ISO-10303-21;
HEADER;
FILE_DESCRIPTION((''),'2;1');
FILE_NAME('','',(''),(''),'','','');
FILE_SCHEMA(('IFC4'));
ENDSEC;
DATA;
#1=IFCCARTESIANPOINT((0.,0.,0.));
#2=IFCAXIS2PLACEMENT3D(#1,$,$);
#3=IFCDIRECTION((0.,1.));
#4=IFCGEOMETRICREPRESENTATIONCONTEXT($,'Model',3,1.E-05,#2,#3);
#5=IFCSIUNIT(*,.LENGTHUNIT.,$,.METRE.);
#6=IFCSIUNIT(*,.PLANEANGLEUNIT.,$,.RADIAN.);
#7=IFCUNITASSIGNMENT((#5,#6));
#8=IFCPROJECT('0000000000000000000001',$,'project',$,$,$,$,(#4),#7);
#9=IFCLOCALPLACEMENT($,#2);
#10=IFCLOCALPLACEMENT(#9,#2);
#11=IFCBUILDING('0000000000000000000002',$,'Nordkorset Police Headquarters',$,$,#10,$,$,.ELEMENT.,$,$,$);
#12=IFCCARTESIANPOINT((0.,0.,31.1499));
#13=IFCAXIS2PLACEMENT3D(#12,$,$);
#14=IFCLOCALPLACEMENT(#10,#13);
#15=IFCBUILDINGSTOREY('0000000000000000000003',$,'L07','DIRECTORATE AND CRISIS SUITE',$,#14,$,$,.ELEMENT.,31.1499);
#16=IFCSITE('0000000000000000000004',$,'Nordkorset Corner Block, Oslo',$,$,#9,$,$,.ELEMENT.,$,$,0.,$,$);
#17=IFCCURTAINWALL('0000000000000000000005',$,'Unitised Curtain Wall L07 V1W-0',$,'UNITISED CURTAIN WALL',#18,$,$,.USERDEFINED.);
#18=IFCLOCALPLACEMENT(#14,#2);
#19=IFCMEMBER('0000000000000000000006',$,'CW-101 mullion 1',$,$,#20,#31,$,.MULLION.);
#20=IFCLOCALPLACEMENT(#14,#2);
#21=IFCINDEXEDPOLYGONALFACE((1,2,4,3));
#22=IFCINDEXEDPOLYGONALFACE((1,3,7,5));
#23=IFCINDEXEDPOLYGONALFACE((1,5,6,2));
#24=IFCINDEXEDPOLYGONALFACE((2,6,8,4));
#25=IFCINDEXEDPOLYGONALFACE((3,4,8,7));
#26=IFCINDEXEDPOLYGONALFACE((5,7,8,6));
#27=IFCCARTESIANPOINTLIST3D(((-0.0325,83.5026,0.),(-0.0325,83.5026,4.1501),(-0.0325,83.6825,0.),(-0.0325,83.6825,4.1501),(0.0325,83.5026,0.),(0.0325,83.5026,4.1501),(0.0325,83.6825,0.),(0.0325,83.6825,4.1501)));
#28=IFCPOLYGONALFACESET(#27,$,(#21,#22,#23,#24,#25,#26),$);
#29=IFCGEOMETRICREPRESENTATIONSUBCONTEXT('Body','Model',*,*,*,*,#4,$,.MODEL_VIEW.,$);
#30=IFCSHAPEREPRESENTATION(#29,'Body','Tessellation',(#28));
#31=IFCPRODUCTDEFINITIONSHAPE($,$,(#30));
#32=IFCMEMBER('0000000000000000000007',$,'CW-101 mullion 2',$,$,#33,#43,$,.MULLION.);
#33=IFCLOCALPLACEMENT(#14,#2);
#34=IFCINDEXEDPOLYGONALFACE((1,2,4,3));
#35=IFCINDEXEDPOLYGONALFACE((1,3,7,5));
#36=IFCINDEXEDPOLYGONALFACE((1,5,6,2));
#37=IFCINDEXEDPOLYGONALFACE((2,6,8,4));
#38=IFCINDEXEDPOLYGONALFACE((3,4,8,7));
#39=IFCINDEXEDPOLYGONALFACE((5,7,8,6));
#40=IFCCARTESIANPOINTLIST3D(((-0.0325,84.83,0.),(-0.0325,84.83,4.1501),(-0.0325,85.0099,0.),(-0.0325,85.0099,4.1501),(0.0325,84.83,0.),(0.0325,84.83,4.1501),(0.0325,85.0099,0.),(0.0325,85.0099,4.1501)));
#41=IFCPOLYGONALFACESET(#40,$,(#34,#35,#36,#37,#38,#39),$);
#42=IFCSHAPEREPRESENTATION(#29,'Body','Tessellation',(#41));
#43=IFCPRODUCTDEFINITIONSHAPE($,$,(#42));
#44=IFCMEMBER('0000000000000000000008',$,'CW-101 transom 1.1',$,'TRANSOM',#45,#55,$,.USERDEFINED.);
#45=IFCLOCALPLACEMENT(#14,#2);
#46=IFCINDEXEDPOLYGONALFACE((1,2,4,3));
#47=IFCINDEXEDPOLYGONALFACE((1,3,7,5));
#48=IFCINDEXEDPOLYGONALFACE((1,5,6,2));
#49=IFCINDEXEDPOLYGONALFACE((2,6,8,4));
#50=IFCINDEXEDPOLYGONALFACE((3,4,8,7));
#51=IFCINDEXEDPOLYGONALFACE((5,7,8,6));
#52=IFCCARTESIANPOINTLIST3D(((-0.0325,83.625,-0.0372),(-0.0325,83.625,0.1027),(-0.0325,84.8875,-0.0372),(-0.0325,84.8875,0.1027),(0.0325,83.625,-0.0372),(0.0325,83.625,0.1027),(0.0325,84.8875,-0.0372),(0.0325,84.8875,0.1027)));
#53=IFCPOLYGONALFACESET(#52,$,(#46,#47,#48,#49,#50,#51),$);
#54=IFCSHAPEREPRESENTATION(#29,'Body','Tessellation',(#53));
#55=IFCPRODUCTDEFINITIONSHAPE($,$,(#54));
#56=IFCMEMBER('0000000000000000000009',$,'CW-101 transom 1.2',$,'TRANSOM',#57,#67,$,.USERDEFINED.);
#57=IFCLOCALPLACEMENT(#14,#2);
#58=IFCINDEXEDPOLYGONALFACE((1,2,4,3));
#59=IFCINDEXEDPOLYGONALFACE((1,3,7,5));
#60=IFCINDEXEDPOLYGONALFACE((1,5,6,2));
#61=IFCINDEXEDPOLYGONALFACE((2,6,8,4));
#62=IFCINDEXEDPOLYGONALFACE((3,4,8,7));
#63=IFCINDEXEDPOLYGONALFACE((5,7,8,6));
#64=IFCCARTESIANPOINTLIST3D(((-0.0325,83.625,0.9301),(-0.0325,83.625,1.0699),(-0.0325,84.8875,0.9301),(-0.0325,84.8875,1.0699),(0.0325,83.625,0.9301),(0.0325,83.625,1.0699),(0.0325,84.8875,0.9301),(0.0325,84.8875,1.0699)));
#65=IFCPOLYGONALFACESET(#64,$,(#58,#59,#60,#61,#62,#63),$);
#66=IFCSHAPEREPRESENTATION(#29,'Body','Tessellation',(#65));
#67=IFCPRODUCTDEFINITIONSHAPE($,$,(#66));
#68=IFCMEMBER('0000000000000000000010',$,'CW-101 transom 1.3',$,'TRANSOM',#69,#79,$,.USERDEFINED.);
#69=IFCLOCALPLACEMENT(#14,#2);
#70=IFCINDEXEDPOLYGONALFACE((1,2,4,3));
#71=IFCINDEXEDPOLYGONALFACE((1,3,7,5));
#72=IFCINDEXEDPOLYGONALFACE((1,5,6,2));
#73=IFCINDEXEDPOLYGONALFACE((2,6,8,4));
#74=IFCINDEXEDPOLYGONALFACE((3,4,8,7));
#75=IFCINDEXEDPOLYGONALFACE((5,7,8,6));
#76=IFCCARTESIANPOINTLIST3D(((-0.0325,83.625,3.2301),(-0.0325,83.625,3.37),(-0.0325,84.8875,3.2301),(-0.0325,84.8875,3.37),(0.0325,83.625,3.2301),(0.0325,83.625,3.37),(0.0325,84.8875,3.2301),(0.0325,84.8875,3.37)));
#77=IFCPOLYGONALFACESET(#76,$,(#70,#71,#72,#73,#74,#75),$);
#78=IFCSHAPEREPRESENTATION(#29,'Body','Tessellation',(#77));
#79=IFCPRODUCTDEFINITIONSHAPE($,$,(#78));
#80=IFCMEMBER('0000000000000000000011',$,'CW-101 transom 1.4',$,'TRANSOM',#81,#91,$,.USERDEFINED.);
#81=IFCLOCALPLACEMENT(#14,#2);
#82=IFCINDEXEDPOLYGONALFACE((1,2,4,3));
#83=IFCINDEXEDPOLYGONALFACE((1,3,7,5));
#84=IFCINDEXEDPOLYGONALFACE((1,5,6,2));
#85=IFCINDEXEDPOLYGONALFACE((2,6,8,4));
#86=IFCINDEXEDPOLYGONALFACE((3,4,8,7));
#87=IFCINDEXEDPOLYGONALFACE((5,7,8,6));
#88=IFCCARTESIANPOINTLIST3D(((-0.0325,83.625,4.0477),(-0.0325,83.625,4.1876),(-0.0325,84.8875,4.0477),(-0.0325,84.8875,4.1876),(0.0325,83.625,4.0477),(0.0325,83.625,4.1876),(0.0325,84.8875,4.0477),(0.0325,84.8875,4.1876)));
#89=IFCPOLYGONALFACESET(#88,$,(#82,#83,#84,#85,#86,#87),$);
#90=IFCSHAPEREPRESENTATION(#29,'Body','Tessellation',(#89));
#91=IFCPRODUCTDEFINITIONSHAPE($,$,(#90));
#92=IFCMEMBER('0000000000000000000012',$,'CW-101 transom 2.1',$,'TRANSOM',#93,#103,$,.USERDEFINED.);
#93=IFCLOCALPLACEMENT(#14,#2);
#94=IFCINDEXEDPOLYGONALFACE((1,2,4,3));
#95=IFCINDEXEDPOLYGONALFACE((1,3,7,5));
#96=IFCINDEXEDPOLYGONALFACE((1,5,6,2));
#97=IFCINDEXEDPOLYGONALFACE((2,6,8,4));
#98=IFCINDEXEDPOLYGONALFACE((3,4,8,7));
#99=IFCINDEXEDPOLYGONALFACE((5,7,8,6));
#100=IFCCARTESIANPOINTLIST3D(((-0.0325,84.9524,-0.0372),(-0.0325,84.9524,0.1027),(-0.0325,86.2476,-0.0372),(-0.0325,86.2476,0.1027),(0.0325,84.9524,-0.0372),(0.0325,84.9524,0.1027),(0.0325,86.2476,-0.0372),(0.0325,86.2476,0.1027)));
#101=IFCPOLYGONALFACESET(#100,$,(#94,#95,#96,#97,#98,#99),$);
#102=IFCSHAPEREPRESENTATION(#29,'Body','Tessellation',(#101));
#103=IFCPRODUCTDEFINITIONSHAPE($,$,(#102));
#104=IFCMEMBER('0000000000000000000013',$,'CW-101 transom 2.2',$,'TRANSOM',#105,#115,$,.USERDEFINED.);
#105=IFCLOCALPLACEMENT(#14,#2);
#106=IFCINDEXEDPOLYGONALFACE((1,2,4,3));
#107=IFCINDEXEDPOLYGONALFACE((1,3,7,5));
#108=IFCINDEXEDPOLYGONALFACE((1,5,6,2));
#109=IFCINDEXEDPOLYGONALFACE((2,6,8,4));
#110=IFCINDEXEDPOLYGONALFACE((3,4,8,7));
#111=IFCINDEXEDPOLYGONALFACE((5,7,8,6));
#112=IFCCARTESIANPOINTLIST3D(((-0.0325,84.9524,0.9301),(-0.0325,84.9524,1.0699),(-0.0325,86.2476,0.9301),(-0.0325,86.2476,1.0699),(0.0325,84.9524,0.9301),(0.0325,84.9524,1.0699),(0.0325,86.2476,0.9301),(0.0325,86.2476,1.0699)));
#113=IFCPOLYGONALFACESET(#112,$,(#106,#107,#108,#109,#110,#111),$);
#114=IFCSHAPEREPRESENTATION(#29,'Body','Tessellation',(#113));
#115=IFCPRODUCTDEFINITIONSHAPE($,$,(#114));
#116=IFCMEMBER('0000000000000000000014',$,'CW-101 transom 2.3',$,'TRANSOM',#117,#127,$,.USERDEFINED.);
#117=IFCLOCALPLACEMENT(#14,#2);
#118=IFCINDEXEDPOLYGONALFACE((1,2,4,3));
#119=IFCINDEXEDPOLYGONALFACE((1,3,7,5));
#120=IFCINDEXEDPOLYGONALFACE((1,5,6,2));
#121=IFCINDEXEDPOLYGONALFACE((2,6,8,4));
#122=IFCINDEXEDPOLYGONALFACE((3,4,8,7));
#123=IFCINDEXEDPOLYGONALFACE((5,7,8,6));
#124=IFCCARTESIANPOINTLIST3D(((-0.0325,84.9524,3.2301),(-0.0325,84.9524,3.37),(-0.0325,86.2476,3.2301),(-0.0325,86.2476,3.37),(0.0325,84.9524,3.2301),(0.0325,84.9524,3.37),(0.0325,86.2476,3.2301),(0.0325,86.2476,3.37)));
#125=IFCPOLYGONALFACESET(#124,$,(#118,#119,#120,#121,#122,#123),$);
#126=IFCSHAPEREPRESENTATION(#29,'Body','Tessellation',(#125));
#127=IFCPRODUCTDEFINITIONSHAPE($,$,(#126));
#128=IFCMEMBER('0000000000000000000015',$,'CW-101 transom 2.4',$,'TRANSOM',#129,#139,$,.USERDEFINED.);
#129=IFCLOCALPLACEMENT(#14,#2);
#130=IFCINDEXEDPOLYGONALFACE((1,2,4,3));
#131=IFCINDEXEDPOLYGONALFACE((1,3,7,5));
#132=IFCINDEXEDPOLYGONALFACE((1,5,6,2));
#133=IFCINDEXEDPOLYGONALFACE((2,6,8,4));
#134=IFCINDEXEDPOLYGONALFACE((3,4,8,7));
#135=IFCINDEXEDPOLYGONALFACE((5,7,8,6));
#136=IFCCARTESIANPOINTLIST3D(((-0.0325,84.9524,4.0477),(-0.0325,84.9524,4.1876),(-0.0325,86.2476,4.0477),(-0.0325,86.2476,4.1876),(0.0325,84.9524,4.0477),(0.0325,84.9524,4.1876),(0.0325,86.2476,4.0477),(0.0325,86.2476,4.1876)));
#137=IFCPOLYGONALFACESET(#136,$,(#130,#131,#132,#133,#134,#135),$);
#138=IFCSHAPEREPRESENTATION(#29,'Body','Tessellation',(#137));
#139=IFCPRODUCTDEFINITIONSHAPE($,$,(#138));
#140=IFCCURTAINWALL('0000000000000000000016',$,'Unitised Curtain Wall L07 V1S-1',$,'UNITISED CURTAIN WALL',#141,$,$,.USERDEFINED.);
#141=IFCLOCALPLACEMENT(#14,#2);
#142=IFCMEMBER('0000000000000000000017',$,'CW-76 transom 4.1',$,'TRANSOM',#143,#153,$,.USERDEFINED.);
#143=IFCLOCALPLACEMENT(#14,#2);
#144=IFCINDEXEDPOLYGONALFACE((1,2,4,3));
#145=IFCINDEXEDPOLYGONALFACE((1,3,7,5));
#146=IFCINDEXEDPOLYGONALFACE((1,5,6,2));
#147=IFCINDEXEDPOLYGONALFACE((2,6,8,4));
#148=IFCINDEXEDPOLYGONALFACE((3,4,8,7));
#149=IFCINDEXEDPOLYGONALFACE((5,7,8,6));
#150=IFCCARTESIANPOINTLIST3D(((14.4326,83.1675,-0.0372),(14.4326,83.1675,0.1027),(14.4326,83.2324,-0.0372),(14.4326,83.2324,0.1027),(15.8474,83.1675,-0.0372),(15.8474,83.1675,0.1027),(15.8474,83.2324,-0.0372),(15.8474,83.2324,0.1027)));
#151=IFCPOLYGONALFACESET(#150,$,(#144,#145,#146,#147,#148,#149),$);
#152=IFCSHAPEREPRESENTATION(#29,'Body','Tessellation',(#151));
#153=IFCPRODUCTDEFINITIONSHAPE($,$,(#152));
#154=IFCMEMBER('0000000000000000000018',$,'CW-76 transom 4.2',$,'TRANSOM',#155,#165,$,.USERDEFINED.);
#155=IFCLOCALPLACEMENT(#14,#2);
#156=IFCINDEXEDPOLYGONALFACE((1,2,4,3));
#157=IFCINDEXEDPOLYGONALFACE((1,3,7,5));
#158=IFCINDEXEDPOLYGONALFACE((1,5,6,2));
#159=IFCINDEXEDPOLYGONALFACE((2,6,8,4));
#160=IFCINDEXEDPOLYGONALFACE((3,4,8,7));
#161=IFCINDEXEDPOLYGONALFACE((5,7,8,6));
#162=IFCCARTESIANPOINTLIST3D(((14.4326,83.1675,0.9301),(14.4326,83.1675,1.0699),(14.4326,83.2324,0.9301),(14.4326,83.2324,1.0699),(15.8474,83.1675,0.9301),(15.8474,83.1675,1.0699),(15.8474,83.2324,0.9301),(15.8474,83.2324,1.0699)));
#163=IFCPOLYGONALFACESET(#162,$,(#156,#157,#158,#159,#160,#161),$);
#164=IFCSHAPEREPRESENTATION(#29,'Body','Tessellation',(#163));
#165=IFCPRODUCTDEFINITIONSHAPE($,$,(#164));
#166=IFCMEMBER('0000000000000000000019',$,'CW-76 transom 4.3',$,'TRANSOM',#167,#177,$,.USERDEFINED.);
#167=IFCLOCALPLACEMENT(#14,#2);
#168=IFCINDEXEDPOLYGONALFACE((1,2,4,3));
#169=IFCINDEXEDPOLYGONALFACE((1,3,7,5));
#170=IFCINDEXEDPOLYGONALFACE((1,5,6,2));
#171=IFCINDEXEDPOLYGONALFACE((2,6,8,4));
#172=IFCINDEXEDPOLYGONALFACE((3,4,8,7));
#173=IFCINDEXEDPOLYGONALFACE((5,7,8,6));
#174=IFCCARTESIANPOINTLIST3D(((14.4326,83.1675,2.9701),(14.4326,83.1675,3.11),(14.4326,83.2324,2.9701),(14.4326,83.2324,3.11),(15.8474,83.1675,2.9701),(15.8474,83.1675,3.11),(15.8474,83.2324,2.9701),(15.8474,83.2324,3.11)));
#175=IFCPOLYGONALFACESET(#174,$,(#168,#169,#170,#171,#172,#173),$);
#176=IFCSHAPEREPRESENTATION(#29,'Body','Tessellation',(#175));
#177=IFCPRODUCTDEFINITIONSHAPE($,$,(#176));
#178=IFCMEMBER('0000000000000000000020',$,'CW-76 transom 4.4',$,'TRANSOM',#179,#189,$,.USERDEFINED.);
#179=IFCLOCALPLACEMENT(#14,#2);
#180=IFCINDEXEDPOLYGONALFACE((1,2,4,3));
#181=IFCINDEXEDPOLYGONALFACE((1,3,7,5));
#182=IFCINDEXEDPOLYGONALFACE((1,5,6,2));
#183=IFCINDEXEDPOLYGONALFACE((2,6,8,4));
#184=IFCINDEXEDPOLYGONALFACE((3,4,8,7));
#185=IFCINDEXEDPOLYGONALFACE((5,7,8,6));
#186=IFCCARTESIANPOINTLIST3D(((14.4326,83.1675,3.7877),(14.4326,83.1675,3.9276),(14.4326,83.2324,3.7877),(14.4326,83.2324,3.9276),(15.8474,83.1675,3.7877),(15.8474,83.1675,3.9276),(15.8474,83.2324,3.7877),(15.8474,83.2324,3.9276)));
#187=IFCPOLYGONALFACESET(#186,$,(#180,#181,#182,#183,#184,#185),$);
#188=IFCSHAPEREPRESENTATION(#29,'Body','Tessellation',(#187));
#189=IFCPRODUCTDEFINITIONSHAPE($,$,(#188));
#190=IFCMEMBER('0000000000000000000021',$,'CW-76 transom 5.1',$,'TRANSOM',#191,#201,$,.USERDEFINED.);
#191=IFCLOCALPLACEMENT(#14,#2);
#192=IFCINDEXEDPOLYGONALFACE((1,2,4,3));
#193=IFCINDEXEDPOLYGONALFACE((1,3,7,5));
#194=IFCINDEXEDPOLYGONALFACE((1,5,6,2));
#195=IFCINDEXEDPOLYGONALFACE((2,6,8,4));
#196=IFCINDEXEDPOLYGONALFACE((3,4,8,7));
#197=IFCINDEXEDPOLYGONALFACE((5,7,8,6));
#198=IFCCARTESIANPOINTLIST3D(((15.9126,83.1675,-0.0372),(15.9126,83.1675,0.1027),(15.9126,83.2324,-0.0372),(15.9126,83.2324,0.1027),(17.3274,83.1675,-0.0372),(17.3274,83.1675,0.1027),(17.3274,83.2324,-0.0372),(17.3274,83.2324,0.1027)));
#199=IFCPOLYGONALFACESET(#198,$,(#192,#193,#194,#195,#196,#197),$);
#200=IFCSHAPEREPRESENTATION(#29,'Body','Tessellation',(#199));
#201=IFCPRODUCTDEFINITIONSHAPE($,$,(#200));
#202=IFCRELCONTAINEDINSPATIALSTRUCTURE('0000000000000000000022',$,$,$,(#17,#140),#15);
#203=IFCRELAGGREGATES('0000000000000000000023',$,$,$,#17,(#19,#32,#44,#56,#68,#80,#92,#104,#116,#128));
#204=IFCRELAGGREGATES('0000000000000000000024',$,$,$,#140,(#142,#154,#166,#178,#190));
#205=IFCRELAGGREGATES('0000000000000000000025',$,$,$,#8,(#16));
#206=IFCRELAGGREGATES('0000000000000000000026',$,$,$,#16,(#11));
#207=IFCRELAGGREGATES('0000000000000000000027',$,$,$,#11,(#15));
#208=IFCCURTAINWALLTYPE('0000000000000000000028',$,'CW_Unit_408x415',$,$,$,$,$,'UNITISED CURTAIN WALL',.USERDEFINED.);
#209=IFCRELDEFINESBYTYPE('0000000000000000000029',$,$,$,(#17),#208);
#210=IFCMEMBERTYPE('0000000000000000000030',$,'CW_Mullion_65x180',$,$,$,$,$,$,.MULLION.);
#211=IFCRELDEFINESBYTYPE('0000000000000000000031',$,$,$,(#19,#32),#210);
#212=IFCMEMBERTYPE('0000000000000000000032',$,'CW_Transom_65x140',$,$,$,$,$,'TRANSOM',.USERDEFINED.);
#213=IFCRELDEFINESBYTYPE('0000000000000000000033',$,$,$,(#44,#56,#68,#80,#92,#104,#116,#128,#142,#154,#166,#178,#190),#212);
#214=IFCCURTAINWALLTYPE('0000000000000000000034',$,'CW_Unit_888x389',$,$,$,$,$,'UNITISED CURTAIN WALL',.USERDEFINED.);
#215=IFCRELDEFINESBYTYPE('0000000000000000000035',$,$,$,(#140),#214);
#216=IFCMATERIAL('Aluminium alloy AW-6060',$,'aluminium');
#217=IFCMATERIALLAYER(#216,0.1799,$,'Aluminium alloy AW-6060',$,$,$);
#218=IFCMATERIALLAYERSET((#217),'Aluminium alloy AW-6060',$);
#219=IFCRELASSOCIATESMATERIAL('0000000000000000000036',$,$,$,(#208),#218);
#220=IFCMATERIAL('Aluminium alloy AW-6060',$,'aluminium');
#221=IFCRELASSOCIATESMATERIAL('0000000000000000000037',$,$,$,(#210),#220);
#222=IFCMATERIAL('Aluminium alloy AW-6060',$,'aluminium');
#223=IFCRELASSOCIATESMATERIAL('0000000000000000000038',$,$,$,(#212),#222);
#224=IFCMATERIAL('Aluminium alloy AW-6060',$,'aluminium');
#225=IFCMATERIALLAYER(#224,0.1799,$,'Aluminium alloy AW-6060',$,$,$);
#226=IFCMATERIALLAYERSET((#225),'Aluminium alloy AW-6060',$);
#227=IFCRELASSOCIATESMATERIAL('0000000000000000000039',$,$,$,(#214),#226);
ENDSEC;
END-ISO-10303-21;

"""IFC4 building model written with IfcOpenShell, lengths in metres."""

from ifc_helpers import new_model, si_unit, direction, frame, origin, origin_2d, place, context, subcontext, project, spatial, rectangle, extrude, material, layer, layer_set, material_profile, profile_set, type_object, element, aggregate, save


model = new_model("IFC4")

# Units and contexts
model_context = context("Model", 3, precision=1e-05, world=origin(), true_north=direction((0.0, 1.0)))
body_context = subcontext(model_context, "Body", "Model", "MODEL_VIEW")
ifc_project = project(units=[si_unit("LENGTHUNIT", "METRE"), si_unit("PLANEANGLEUNIT", "RADIAN")], contexts=[model_context])

# Site, building, storey
site_placement = place(None, origin())
site = spatial("IfcSite", under=ifc_project, at=site_placement, Name="Nordkorset Corner Block, Oslo", CompositionType="ELEMENT", RefElevation=0.0)
building_placement = place(site_placement, origin())
building = spatial("IfcBuilding", under=site, at=building_placement, Name="Nordkorset Police Headquarters", CompositionType="ELEMENT")
storey_placement = place(building_placement, frame((0.0, 0.0, 31.1499)))
storey = spatial("IfcBuildingStorey", under=building, at=storey_placement, Name="L07", Description="DIRECTORATE AND CRISIS SUITE", CompositionType="ELEMENT", Elevation=31.1499)

# Curtain walls, members
ifc_material_1 = material(Name="Aluminium alloy AW-6060", Category="aluminium")
ifc_layer_1 = layer(ifc_material_1, 0.1799, Name="Aluminium alloy AW-6060")
ifc_layer_set_1 = layer_set([ifc_layer_1], Name="Aluminium alloy AW-6060")
curtain_wall_type_1 = type_object("IfcCurtainWallType", Name="CW_Unit_408x415", ElementType="UNITISED CURTAIN WALL", PredefinedType="USERDEFINED", material=ifc_layer_set_1)
curtain_wall_1_placement = place(storey_placement, origin())
curtain_wall_1 = element("IfcCurtainWall", 1, at=curtain_wall_1_placement, inside=storey, type_object=curtain_wall_type_1, Name="Unitised Curtain Wall L07 V1W-0", ObjectType="UNITISED CURTAIN WALL", PredefinedType="USERDEFINED")
ifc_material_2 = material(Name="Aluminium alloy AW-6060", Category="aluminium")
ifc_material_profile_1 = material_profile(ifc_material_2, rectangle(XDim=0.0649, YDim=0.1799, at=origin_2d()), Name="ALU MULL 65x180")
ifc_profile_set_1 = profile_set([ifc_material_profile_1], Name="Aluminium alloy AW-6060")
member_type_1 = type_object("IfcMemberType", Name="CW_Mullion_65x180", PredefinedType="MULLION", material=ifc_profile_set_1)
member_1_placement = place(storey_placement, frame((0.0, 83.5925, 0.0), z_axis=(0.0, 0.0, 1.0), x_axis=(-1.0, 0.0, 0.0)))
member_1 = element("IfcMember", 2, at=member_1_placement, type_object=member_type_1, Name="CW-101 mullion 1", PredefinedType="MULLION", context=body_context, shape_type="SweptSolid", body=[
    extrude(rectangle(XDim=0.0649, YDim=0.1799, at=origin_2d()), origin(), (0.0, 0.0, 1.0), 4.1501),
])
member_2_placement = place(storey_placement, frame((0.0, 84.9199, 0.0), z_axis=(0.0, 0.0, 1.0), x_axis=(-1.0, 0.0, 0.0)))
member_2 = element("IfcMember", 3, at=member_2_placement, type_object=member_type_1, Name="CW-101 mullion 2", PredefinedType="MULLION", context=body_context, shape_type="SweptSolid", body=[
    extrude(rectangle(XDim=0.0649, YDim=0.1799, at=origin_2d()), origin(), (0.0, 0.0, 1.0), 4.1501),
])
ifc_material_3 = material(Name="Aluminium alloy AW-6060", Category="aluminium")
ifc_material_profile_2 = material_profile(ifc_material_3, rectangle(XDim=0.0649, YDim=0.1399, at=origin_2d()), Name="ALU TRAN 65x140")
ifc_profile_set_2 = profile_set([ifc_material_profile_2], Name="Aluminium alloy AW-6060")
member_type_2 = type_object("IfcMemberType", Name="CW_Transom_65x140", ElementType="TRANSOM", PredefinedType="USERDEFINED", material=ifc_profile_set_2)
member_3_placement = place(storey_placement, frame((0.0, 83.625, 0.0327), z_axis=(0.0, 1.0, 0.0), x_axis=(-1.0, 0.0, 0.0)))
member_3 = element("IfcMember", 4, at=member_3_placement, type_object=member_type_2, Name="CW-101 transom 1.1", ObjectType="TRANSOM", PredefinedType="USERDEFINED", context=body_context, shape_type="SweptSolid", body=[
    extrude(rectangle(XDim=0.0649, YDim=0.1399, at=origin_2d()), origin(), (0.0, 0.0, 1.0), 1.2625),
])
member_4_placement = place(storey_placement, frame((0.0, 83.625, 1.0), z_axis=(0.0, 1.0, 0.0), x_axis=(-1.0, 0.0, 0.0)))
member_4 = element("IfcMember", 5, at=member_4_placement, type_object=member_type_2, Name="CW-101 transom 1.2", ObjectType="TRANSOM", PredefinedType="USERDEFINED", context=body_context, shape_type="SweptSolid", body=[
    extrude(rectangle(XDim=0.0649, YDim=0.1399, at=origin_2d()), origin(), (0.0, 0.0, 1.0), 1.2625),
])
member_5_placement = place(storey_placement, frame((0.0, 83.625, 3.3), z_axis=(0.0, 1.0, 0.0), x_axis=(-1.0, 0.0, 0.0)))
member_5 = element("IfcMember", 6, at=member_5_placement, type_object=member_type_2, Name="CW-101 transom 1.3", ObjectType="TRANSOM", PredefinedType="USERDEFINED", context=body_context, shape_type="SweptSolid", body=[
    extrude(rectangle(XDim=0.0649, YDim=0.1399, at=origin_2d()), origin(), (0.0, 0.0, 1.0), 1.2625),
])
member_6_placement = place(storey_placement, frame((0.0, 83.625, 4.1177), z_axis=(0.0, 1.0, 0.0), x_axis=(-1.0, 0.0, 0.0)))
member_6 = element("IfcMember", 7, at=member_6_placement, type_object=member_type_2, Name="CW-101 transom 1.4", ObjectType="TRANSOM", PredefinedType="USERDEFINED", context=body_context, shape_type="SweptSolid", body=[
    extrude(rectangle(XDim=0.0649, YDim=0.1399, at=origin_2d()), origin(), (0.0, 0.0, 1.0), 1.2625),
])
member_7_placement = place(storey_placement, frame((0.0, 84.9524, 0.0327), z_axis=(0.0, 1.0, 0.0), x_axis=(-1.0, 0.0, 0.0)))
member_7 = element("IfcMember", 8, at=member_7_placement, type_object=member_type_2, Name="CW-101 transom 2.1", ObjectType="TRANSOM", PredefinedType="USERDEFINED", context=body_context, shape_type="SweptSolid", body=[
    extrude(rectangle(XDim=0.0649, YDim=0.1399, at=origin_2d()), origin(), (0.0, 0.0, 1.0), 1.2952),
])
member_8_placement = place(storey_placement, frame((0.0, 84.9524, 1.0), z_axis=(0.0, 1.0, 0.0), x_axis=(-1.0, 0.0, 0.0)))
member_8 = element("IfcMember", 9, at=member_8_placement, type_object=member_type_2, Name="CW-101 transom 2.2", ObjectType="TRANSOM", PredefinedType="USERDEFINED", context=body_context, shape_type="SweptSolid", body=[
    extrude(rectangle(XDim=0.0649, YDim=0.1399, at=origin_2d()), origin(), (0.0, 0.0, 1.0), 1.2952),
])
member_9_placement = place(storey_placement, frame((0.0, 84.9524, 3.3), z_axis=(0.0, 1.0, 0.0), x_axis=(-1.0, 0.0, 0.0)))
member_9 = element("IfcMember", 10, at=member_9_placement, type_object=member_type_2, Name="CW-101 transom 2.3", ObjectType="TRANSOM", PredefinedType="USERDEFINED", context=body_context, shape_type="SweptSolid", body=[
    extrude(rectangle(XDim=0.0649, YDim=0.1399, at=origin_2d()), origin(), (0.0, 0.0, 1.0), 1.2952),
])
member_10_placement = place(storey_placement, frame((0.0, 84.9524, 4.1177), z_axis=(0.0, 1.0, 0.0), x_axis=(-1.0, 0.0, 0.0)))
member_10 = element("IfcMember", 11, at=member_10_placement, type_object=member_type_2, Name="CW-101 transom 2.4", ObjectType="TRANSOM", PredefinedType="USERDEFINED", context=body_context, shape_type="SweptSolid", body=[
    extrude(rectangle(XDim=0.0649, YDim=0.1399, at=origin_2d()), origin(), (0.0, 0.0, 1.0), 1.2952),
])
ifc_material_4 = material(Name="Aluminium alloy AW-6060", Category="aluminium")
ifc_layer_2 = layer(ifc_material_4, 0.1799, Name="Aluminium alloy AW-6060")
ifc_layer_set_2 = layer_set([ifc_layer_2], Name="Aluminium alloy AW-6060")
curtain_wall_type_2 = type_object("IfcCurtainWallType", Name="CW_Unit_888x389", ElementType="UNITISED CURTAIN WALL", PredefinedType="USERDEFINED", material=ifc_layer_set_2)
curtain_wall_2_placement = place(storey_placement, origin())
curtain_wall_2 = element("IfcCurtainWall", 12, at=curtain_wall_2_placement, inside=storey, type_object=curtain_wall_type_2, Name="Unitised Curtain Wall L07 V1S-1", ObjectType="UNITISED CURTAIN WALL", PredefinedType="USERDEFINED")
member_11_placement = place(storey_placement, frame((14.4326, 83.2, 0.0327), z_axis=(1.0, 0.0, 0.0), x_axis=(0.0, 1.0, 0.0)))
member_11 = element("IfcMember", 13, at=member_11_placement, type_object=member_type_2, Name="CW-76 transom 4.1", ObjectType="TRANSOM", PredefinedType="USERDEFINED", context=body_context, shape_type="SweptSolid", body=[
    extrude(rectangle(XDim=0.0649, YDim=0.1399, at=origin_2d()), origin(), (0.0, 0.0, 1.0), 1.4148),
])
member_12_placement = place(storey_placement, frame((14.4326, 83.2, 1.0), z_axis=(1.0, 0.0, 0.0), x_axis=(0.0, 1.0, 0.0)))
member_12 = element("IfcMember", 14, at=member_12_placement, type_object=member_type_2, Name="CW-76 transom 4.2", ObjectType="TRANSOM", PredefinedType="USERDEFINED", context=body_context, shape_type="SweptSolid", body=[
    extrude(rectangle(XDim=0.0649, YDim=0.1399, at=origin_2d()), origin(), (0.0, 0.0, 1.0), 1.4148),
])
member_13_placement = place(storey_placement, frame((14.4326, 83.2, 3.04), z_axis=(1.0, 0.0, 0.0), x_axis=(0.0, 1.0, 0.0)))
member_13 = element("IfcMember", 15, at=member_13_placement, type_object=member_type_2, Name="CW-76 transom 4.3", ObjectType="TRANSOM", PredefinedType="USERDEFINED", context=body_context, shape_type="SweptSolid", body=[
    extrude(rectangle(XDim=0.0649, YDim=0.1399, at=origin_2d()), origin(), (0.0, 0.0, 1.0), 1.4148),
])
member_14_placement = place(storey_placement, frame((14.4326, 83.2, 3.8577), z_axis=(1.0, 0.0, 0.0), x_axis=(0.0, 1.0, 0.0)))
member_14 = element("IfcMember", 16, at=member_14_placement, type_object=member_type_2, Name="CW-76 transom 4.4", ObjectType="TRANSOM", PredefinedType="USERDEFINED", context=body_context, shape_type="SweptSolid", body=[
    extrude(rectangle(XDim=0.0649, YDim=0.1399, at=origin_2d()), origin(), (0.0, 0.0, 1.0), 1.4148),
])
member_15_placement = place(storey_placement, frame((15.9126, 83.2, 0.0327), z_axis=(1.0, 0.0, 0.0), x_axis=(0.0, 1.0, 0.0)))
member_15 = element("IfcMember", 17, at=member_15_placement, type_object=member_type_2, Name="CW-76 transom 5.1", ObjectType="TRANSOM", PredefinedType="USERDEFINED", context=body_context, shape_type="SweptSolid", body=[
    extrude(rectangle(XDim=0.0649, YDim=0.1399, at=origin_2d()), origin(), (0.0, 0.0, 1.0), 1.4148),
])

aggregate(curtain_wall_1, [member_1, member_2, member_3, member_4, member_5, member_6, member_7, member_8, member_9, member_10])
aggregate(curtain_wall_2, [member_11, member_12, member_13, member_14, member_15])

save(model, "model.ifc")
